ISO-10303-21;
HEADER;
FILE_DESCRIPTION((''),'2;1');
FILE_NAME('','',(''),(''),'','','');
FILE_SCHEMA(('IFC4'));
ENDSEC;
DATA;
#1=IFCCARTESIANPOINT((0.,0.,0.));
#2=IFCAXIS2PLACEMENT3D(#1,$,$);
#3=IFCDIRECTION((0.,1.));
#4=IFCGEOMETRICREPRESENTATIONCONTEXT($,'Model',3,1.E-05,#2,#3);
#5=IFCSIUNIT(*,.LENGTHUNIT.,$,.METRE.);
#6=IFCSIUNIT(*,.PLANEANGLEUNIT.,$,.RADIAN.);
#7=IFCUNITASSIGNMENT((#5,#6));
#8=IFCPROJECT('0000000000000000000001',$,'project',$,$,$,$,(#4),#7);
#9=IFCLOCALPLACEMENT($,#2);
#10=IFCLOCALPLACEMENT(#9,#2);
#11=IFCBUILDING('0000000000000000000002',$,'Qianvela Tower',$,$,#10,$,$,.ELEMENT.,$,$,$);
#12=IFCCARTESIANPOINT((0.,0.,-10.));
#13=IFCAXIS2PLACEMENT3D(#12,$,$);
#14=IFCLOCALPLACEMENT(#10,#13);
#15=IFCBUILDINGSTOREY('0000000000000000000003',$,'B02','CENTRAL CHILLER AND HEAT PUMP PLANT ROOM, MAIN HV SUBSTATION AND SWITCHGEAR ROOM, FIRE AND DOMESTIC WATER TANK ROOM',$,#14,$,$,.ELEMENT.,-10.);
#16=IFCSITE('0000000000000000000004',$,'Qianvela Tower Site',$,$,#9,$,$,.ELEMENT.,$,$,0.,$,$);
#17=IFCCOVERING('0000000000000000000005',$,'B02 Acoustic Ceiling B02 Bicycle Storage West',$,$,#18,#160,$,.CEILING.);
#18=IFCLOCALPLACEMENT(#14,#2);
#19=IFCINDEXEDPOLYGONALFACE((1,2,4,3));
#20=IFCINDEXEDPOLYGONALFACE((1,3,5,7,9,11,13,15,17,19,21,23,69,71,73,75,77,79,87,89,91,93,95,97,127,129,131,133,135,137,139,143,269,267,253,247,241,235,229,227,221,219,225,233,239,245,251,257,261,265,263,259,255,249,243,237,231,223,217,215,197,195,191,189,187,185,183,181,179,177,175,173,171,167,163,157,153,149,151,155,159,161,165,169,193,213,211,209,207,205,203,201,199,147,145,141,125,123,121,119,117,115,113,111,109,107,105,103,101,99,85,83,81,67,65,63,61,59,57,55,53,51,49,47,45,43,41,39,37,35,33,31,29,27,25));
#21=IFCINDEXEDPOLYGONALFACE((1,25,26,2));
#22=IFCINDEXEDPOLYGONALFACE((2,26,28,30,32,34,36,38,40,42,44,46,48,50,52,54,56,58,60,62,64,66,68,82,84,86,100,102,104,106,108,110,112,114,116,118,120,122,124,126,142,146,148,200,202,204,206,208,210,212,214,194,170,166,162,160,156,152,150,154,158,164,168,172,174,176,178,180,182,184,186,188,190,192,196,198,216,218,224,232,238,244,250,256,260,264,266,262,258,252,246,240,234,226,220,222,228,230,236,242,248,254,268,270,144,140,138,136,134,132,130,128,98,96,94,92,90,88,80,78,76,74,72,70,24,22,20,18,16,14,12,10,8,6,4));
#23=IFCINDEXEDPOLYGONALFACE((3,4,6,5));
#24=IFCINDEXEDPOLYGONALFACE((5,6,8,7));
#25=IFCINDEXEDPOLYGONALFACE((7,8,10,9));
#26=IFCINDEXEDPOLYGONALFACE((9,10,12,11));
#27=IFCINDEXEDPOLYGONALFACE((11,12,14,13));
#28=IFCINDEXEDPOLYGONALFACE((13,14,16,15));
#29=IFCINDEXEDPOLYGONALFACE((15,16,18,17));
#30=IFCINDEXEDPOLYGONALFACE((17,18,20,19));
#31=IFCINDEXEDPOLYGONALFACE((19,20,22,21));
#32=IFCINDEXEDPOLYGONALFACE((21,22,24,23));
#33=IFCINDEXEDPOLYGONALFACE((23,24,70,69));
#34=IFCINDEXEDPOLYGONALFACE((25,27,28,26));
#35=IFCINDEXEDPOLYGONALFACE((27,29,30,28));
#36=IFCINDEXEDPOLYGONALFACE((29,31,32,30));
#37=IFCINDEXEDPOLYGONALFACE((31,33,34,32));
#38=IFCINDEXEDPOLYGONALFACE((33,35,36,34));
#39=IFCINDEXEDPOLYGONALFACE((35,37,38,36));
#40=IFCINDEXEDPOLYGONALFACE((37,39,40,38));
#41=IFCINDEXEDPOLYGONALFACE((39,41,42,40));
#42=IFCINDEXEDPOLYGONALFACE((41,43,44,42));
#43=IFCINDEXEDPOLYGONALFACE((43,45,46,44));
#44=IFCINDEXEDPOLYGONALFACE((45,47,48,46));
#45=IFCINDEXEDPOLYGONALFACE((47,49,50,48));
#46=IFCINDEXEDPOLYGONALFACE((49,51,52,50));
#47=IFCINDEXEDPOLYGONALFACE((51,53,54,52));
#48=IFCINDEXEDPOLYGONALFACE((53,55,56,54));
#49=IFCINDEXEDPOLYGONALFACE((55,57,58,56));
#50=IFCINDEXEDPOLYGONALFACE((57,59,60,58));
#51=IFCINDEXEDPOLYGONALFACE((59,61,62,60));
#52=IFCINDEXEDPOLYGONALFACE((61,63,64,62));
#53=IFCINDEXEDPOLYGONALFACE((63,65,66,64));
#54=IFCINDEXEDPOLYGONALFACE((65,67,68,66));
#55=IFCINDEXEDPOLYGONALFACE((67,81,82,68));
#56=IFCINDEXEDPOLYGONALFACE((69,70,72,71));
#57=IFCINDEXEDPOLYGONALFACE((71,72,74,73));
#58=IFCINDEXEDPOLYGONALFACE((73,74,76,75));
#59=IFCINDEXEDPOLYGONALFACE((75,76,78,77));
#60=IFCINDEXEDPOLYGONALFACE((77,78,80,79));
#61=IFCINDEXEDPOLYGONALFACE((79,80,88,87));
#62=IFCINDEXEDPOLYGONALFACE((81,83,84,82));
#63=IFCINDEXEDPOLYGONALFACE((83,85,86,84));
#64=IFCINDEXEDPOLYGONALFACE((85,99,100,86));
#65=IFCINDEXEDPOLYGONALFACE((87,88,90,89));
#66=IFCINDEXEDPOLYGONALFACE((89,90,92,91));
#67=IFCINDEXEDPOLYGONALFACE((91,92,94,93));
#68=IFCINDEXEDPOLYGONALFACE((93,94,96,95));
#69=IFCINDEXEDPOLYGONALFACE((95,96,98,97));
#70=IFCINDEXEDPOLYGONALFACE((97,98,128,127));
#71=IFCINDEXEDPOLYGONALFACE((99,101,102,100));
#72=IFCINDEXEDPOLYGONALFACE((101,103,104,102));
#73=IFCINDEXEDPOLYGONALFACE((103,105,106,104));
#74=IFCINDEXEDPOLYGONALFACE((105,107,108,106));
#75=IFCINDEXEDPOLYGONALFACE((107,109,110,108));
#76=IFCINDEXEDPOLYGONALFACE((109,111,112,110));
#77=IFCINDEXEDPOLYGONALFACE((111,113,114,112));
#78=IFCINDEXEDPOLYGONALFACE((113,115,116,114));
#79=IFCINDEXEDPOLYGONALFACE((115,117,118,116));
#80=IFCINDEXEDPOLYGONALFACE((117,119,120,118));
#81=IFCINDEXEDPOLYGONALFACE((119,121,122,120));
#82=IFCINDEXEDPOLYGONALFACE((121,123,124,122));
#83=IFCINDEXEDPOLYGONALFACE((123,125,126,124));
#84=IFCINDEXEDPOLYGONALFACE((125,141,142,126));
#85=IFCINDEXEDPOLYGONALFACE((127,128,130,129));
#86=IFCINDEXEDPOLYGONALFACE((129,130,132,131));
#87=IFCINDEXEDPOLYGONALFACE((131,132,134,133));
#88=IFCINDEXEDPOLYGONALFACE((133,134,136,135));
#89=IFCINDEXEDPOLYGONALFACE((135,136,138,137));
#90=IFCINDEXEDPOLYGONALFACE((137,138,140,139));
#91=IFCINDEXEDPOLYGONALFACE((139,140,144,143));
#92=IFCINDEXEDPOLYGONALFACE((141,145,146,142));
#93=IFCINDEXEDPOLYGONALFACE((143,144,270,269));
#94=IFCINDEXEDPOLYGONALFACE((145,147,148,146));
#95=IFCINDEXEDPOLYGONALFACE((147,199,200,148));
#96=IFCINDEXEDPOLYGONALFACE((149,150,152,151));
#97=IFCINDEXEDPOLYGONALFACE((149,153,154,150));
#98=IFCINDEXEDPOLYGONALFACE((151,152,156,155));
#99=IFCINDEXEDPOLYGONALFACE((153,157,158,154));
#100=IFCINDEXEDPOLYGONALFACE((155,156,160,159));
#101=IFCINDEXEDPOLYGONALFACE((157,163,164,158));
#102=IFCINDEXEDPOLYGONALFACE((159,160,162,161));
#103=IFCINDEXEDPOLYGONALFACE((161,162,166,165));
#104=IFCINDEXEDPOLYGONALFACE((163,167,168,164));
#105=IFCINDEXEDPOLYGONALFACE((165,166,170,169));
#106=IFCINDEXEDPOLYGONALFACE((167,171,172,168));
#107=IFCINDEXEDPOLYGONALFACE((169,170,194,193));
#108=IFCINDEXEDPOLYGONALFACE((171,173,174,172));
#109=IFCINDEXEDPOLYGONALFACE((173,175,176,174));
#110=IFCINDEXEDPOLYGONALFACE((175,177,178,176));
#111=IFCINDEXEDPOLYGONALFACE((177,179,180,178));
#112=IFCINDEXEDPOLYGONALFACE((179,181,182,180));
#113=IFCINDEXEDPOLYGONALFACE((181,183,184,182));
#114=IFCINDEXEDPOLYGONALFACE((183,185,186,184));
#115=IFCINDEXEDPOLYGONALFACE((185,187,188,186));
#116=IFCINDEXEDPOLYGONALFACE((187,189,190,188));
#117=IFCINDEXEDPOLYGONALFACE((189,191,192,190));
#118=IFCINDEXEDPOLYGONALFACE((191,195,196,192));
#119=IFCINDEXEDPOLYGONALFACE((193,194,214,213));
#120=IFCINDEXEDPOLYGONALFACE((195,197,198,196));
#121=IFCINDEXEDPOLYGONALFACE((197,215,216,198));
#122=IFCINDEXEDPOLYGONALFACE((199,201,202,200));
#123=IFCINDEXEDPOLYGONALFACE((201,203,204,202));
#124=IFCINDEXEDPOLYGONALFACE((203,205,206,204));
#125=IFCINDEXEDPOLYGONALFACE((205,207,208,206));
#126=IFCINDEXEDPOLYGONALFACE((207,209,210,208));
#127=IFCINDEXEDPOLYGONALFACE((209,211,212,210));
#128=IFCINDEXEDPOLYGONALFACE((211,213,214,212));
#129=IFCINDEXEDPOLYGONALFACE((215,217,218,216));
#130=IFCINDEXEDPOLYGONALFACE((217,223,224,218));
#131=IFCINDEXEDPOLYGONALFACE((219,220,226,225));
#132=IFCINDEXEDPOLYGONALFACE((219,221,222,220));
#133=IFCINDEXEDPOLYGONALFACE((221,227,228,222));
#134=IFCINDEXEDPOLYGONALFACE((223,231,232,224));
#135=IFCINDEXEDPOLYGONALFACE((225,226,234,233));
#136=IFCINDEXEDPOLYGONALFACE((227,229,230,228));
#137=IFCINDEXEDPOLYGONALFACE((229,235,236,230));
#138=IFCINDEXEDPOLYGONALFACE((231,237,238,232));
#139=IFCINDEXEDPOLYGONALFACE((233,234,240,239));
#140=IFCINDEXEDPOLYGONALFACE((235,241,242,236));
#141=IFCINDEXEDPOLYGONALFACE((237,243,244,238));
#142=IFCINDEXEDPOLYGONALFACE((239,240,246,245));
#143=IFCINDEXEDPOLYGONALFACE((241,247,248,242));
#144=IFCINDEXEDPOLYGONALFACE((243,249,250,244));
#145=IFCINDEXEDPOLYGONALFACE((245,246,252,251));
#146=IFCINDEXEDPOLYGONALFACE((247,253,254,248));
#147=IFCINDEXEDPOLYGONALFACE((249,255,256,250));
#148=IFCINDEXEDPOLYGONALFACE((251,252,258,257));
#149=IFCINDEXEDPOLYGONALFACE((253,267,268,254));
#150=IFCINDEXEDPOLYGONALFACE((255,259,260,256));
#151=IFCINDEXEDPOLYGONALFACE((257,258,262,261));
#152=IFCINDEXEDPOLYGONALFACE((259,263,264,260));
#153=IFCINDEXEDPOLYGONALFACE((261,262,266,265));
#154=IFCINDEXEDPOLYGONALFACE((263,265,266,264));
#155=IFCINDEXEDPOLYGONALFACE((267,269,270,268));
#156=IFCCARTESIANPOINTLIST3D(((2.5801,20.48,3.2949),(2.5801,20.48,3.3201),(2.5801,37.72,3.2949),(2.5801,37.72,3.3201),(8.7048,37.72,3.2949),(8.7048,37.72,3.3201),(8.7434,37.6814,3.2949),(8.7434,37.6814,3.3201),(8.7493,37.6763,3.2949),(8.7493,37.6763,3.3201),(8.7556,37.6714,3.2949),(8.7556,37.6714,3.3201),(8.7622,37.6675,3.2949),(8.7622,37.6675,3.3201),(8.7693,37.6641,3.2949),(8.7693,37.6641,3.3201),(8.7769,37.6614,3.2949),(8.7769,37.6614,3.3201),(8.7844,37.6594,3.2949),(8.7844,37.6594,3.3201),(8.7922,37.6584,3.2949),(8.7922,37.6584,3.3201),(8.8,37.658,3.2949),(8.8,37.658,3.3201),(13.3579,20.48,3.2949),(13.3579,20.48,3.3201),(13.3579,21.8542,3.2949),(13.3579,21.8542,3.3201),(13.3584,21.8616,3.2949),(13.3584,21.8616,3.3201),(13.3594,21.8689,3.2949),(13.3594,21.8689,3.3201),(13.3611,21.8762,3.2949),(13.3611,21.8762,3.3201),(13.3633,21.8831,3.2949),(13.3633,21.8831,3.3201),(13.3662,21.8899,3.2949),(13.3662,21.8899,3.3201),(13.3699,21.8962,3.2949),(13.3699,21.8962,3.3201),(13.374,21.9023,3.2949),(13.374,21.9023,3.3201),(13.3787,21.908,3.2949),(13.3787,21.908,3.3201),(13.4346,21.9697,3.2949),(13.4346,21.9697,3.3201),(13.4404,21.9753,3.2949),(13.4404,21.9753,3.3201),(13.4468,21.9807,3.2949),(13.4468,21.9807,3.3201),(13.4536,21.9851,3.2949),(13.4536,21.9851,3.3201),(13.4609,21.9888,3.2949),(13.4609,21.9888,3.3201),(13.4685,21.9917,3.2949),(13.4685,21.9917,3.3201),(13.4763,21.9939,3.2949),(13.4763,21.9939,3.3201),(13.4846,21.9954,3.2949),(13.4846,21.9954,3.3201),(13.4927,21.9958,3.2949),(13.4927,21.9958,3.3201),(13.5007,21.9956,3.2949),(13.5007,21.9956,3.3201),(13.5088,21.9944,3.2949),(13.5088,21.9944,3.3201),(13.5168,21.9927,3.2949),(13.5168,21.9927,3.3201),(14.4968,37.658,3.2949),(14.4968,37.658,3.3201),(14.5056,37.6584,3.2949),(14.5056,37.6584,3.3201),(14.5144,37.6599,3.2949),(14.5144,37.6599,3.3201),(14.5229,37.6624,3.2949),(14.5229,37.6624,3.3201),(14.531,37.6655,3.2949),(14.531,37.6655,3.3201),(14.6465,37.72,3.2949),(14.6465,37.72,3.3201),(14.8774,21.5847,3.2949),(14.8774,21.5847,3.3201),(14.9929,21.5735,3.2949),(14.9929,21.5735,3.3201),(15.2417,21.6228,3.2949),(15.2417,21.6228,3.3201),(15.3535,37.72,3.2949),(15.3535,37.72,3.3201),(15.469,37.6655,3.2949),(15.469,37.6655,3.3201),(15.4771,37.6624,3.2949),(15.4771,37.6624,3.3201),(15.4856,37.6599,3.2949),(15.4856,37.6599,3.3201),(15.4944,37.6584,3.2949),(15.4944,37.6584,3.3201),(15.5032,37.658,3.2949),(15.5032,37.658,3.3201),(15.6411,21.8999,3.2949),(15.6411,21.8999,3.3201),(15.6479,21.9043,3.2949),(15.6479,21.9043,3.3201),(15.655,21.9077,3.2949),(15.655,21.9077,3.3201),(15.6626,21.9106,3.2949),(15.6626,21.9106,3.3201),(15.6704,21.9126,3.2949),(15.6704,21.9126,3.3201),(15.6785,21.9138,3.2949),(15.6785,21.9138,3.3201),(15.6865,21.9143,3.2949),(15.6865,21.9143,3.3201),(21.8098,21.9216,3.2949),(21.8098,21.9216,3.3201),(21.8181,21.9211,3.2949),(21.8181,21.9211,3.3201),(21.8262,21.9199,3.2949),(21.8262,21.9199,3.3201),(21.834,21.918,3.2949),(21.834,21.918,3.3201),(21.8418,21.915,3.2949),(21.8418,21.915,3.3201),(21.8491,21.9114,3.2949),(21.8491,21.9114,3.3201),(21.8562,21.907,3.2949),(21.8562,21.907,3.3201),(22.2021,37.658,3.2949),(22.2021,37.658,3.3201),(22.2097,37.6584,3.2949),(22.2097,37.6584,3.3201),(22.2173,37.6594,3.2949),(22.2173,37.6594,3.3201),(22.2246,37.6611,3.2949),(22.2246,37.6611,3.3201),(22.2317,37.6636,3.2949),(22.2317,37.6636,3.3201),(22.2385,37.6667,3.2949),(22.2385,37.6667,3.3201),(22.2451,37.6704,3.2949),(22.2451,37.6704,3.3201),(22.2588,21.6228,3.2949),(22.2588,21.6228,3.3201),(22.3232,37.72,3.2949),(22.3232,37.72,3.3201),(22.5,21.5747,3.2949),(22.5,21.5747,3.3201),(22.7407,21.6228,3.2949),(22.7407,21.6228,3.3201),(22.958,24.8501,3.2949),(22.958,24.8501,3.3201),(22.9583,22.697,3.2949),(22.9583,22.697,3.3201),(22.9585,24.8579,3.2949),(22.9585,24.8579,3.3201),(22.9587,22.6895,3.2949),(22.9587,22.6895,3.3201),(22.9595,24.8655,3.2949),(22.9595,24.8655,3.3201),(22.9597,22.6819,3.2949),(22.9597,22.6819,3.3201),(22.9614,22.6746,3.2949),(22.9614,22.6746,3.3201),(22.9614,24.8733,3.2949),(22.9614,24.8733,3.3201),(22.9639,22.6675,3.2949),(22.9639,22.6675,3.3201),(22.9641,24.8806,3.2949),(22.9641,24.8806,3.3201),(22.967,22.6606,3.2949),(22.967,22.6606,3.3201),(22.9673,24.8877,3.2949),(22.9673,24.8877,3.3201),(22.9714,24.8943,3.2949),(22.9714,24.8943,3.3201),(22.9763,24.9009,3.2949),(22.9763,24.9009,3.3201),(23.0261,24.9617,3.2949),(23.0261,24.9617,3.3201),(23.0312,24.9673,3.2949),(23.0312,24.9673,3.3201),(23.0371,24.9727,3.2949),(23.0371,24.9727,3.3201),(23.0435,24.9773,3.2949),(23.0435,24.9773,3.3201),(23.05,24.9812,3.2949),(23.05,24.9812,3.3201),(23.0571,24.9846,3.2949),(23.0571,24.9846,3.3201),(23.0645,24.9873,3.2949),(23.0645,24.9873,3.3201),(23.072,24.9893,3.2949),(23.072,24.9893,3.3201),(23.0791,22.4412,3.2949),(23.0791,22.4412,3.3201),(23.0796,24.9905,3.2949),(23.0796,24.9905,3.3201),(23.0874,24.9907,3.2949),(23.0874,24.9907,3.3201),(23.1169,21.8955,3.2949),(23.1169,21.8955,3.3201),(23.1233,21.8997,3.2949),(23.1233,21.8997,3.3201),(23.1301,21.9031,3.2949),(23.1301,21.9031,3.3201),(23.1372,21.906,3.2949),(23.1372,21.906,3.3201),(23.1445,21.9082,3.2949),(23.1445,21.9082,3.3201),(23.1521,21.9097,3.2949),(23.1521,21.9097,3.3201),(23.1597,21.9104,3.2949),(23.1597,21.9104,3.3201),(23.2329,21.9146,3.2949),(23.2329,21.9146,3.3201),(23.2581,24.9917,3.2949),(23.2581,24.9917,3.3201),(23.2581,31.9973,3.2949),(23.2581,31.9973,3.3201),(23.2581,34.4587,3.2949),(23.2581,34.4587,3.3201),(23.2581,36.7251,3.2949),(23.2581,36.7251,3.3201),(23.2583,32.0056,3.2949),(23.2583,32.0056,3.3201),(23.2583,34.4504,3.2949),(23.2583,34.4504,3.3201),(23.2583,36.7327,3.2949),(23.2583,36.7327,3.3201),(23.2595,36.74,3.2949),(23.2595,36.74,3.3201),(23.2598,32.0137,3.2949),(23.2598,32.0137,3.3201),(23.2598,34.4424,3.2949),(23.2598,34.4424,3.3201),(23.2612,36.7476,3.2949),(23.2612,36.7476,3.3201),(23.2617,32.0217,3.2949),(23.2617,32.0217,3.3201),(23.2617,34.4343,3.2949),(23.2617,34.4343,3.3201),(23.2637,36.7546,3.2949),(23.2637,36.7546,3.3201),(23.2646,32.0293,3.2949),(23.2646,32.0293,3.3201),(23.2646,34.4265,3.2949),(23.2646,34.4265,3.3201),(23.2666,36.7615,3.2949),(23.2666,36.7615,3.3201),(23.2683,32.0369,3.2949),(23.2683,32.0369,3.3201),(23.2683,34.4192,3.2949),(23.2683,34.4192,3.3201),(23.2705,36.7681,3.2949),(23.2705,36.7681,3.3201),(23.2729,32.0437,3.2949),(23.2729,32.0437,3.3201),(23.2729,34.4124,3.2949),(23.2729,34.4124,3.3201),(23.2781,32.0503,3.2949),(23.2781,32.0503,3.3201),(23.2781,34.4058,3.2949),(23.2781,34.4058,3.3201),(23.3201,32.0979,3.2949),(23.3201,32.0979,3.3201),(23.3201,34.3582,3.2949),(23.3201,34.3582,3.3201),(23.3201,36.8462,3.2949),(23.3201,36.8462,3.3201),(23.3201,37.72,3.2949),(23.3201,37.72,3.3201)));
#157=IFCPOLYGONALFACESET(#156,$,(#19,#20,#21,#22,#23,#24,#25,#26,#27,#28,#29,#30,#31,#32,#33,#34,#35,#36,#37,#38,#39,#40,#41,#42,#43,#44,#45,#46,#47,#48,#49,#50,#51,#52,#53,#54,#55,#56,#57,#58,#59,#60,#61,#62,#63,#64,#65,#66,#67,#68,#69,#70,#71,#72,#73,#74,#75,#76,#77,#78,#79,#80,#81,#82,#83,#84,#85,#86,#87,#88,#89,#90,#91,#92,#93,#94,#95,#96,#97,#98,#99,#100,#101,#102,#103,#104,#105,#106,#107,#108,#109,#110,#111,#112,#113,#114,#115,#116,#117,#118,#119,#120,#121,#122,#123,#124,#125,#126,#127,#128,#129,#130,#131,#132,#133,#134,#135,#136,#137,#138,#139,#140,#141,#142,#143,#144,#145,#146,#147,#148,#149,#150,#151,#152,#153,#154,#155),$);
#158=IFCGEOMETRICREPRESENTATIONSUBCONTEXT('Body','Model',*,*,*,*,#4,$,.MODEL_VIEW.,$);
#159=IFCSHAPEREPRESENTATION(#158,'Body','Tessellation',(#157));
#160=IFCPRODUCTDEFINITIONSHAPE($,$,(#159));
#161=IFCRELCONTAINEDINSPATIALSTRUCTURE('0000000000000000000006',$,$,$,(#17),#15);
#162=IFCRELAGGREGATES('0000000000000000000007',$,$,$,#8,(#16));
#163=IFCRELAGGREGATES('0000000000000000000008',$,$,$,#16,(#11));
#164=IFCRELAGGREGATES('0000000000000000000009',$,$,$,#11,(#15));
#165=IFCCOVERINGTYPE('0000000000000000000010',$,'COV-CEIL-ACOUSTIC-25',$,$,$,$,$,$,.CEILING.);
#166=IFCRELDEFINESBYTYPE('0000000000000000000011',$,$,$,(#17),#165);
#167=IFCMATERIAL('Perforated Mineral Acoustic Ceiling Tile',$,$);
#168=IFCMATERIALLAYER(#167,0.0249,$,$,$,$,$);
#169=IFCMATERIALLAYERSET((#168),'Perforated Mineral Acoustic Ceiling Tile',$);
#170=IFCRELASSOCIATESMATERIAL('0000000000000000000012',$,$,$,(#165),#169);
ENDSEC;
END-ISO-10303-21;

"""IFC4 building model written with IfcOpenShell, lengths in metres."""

from ifc_helpers import new_model, si_unit, direction, frame, origin, place, context, subcontext, project, spatial, polyline, outline, extrude, material, layer, layer_set, type_object, element, save


model = new_model("IFC4")

# Units and contexts
model_context = context("Model", 3, precision=1e-05, world=origin(), true_north=direction((0.0, 1.0)))
body_context = subcontext(model_context, "Body", "Model", "MODEL_VIEW")
ifc_project = project(units=[si_unit("LENGTHUNIT", "METRE"), si_unit("PLANEANGLEUNIT", "RADIAN")], contexts=[model_context])

# Site, building, storey
site_placement = place(None, origin())
site = spatial("IfcSite", under=ifc_project, at=site_placement, Name="Qianvela Tower Site", CompositionType="ELEMENT", RefElevation=0.0)
building_placement = place(site_placement, origin())
building = spatial("IfcBuilding", under=site, at=building_placement, Name="Qianvela Tower", CompositionType="ELEMENT")
storey_placement = place(building_placement, frame((0.0, 0.0, -10.0)))
storey = spatial("IfcBuildingStorey", under=building, at=storey_placement, Name="B02", Description="CENTRAL CHILLER AND HEAT PUMP PLANT ROOM, MAIN HV SUBSTATION AND SWITCHGEAR ROOM, FIRE AND DOMESTIC WATER TANK ROOM", CompositionType="ELEMENT", Elevation=-10.0)

# Covering
ifc_material_1 = material(Name="Perforated Mineral Acoustic Ceiling Tile")
ifc_layer_1 = layer(ifc_material_1, 0.0249)
ifc_layer_set_1 = layer_set([ifc_layer_1], Name="Perforated Mineral Acoustic Ceiling Tile")
covering_type_1 = type_object("IfcCoveringType", Name="COV-CEIL-ACOUSTIC-25", PredefinedType="CEILING", material=ifc_layer_set_1)
covering_1_placement = place(storey_placement, frame((0.0, 0.0, 3.2949)))
element("IfcCovering", 1, at=covering_1_placement, inside=storey, type_object=covering_type_1, Name="B02 Acoustic Ceiling B02 Bicycle Storage West", PredefinedType="CEILING", context=body_context, shape_type="SweptSolid", body=[
    extrude(outline(polyline([(23.3201, 36.8462), (23.2705, 36.7681), (23.2666, 36.7615), (23.2637, 36.7546), (23.2612, 36.7476), (23.2595, 36.74), (23.2583, 36.7327), (23.2581, 36.7251), (23.2581, 34.4587), (23.2583, 34.4504), (23.2598, 34.4424), (23.2617, 34.4343), (23.2646, 34.4265), (23.2683, 34.4192), (23.2729, 34.4124), (23.2781, 34.4058), (23.3201, 34.3582), (23.3201, 32.0979), (23.2781, 32.0503), (23.2729, 32.0437), (23.2683, 32.0369), (23.2646, 32.0293), (23.2617, 32.0217), (23.2598, 32.0137), (23.2583, 32.0056), (23.2581, 31.9973), (23.2581, 24.9917), (23.0874, 24.9907), (23.0796, 24.9905), (23.072, 24.9893), (23.0645, 24.9873), (23.0571, 24.9846), (23.05, 24.9812), (23.0435, 24.9773), (23.0371, 24.9727), (23.0312, 24.9673), (23.0261, 24.9617), (22.9763, 24.9009), (22.9714, 24.8943), (22.9673, 24.8877), (22.9641, 24.8806), (22.9614, 24.8733), (22.9595, 24.8655), (22.9585, 24.8579), (22.958, 24.8501), (22.9583, 22.697), (22.9587, 22.6895), (22.9597, 22.6819), (22.9614, 22.6746), (22.9639, 22.6675), (22.967, 22.6606), (23.0791, 22.4412), (23.2329, 21.9146), (23.1597, 21.9104), (23.1521, 21.9097), (23.1445, 21.9082), (23.1372, 21.906), (23.1301, 21.9031), (23.1233, 21.8997), (23.1169, 21.8955), (22.7407, 21.6228), (22.5, 21.5747), (22.2588, 21.6228), (21.8562, 21.907), (21.8491, 21.9114), (21.8418, 21.915), (21.834, 21.918), (21.8262, 21.9199), (21.8181, 21.9211), (21.8098, 21.9216), (15.6865, 21.9143), (15.6785, 21.9138), (15.6704, 21.9126), (15.6626, 21.9106), (15.655, 21.9077), (15.6479, 21.9043), (15.6411, 21.8999), (15.2417, 21.6228), (14.9929, 21.5735), (14.8774, 21.5847), (13.5168, 21.9927), (13.5088, 21.9944), (13.5007, 21.9956), (13.4927, 21.9958), (13.4846, 21.9954), (13.4763, 21.9939), (13.4685, 21.9917), (13.4609, 21.9888), (13.4536, 21.9851), (13.4468, 21.9807), (13.4404, 21.9753), (13.4346, 21.9697), (13.3787, 21.908), (13.374, 21.9023), (13.3699, 21.8962), (13.3662, 21.8899), (13.3633, 21.8831), (13.3611, 21.8762), (13.3594, 21.8689), (13.3584, 21.8616), (13.3579, 21.8542), (13.3579, 20.48), (2.5801, 20.48), (2.5801, 37.72), (8.7048, 37.72), (8.7434, 37.6814), (8.7493, 37.6763), (8.7556, 37.6714), (8.7622, 37.6675), (8.7693, 37.6641), (8.7769, 37.6614), (8.7844, 37.6594), (8.7922, 37.6584), (8.8, 37.658), (14.4968, 37.658), (14.5056, 37.6584), (14.5144, 37.6599), (14.5229, 37.6624), (14.531, 37.6655), (14.6465, 37.72), (15.3535, 37.72), (15.469, 37.6655), (15.4771, 37.6624), (15.4856, 37.6599), (15.4944, 37.6584), (15.5032, 37.658), (22.2021, 37.658), (22.2097, 37.6584), (22.2173, 37.6594), (22.2246, 37.6611), (22.2317, 37.6636), (22.2385, 37.6667), (22.2451, 37.6704), (22.3232, 37.72), (23.3201, 37.72), (23.3201, 36.8462)])), origin(), (0.0, 0.0, 1.0), 0.0251),
])

save(model, "model.ifc")
